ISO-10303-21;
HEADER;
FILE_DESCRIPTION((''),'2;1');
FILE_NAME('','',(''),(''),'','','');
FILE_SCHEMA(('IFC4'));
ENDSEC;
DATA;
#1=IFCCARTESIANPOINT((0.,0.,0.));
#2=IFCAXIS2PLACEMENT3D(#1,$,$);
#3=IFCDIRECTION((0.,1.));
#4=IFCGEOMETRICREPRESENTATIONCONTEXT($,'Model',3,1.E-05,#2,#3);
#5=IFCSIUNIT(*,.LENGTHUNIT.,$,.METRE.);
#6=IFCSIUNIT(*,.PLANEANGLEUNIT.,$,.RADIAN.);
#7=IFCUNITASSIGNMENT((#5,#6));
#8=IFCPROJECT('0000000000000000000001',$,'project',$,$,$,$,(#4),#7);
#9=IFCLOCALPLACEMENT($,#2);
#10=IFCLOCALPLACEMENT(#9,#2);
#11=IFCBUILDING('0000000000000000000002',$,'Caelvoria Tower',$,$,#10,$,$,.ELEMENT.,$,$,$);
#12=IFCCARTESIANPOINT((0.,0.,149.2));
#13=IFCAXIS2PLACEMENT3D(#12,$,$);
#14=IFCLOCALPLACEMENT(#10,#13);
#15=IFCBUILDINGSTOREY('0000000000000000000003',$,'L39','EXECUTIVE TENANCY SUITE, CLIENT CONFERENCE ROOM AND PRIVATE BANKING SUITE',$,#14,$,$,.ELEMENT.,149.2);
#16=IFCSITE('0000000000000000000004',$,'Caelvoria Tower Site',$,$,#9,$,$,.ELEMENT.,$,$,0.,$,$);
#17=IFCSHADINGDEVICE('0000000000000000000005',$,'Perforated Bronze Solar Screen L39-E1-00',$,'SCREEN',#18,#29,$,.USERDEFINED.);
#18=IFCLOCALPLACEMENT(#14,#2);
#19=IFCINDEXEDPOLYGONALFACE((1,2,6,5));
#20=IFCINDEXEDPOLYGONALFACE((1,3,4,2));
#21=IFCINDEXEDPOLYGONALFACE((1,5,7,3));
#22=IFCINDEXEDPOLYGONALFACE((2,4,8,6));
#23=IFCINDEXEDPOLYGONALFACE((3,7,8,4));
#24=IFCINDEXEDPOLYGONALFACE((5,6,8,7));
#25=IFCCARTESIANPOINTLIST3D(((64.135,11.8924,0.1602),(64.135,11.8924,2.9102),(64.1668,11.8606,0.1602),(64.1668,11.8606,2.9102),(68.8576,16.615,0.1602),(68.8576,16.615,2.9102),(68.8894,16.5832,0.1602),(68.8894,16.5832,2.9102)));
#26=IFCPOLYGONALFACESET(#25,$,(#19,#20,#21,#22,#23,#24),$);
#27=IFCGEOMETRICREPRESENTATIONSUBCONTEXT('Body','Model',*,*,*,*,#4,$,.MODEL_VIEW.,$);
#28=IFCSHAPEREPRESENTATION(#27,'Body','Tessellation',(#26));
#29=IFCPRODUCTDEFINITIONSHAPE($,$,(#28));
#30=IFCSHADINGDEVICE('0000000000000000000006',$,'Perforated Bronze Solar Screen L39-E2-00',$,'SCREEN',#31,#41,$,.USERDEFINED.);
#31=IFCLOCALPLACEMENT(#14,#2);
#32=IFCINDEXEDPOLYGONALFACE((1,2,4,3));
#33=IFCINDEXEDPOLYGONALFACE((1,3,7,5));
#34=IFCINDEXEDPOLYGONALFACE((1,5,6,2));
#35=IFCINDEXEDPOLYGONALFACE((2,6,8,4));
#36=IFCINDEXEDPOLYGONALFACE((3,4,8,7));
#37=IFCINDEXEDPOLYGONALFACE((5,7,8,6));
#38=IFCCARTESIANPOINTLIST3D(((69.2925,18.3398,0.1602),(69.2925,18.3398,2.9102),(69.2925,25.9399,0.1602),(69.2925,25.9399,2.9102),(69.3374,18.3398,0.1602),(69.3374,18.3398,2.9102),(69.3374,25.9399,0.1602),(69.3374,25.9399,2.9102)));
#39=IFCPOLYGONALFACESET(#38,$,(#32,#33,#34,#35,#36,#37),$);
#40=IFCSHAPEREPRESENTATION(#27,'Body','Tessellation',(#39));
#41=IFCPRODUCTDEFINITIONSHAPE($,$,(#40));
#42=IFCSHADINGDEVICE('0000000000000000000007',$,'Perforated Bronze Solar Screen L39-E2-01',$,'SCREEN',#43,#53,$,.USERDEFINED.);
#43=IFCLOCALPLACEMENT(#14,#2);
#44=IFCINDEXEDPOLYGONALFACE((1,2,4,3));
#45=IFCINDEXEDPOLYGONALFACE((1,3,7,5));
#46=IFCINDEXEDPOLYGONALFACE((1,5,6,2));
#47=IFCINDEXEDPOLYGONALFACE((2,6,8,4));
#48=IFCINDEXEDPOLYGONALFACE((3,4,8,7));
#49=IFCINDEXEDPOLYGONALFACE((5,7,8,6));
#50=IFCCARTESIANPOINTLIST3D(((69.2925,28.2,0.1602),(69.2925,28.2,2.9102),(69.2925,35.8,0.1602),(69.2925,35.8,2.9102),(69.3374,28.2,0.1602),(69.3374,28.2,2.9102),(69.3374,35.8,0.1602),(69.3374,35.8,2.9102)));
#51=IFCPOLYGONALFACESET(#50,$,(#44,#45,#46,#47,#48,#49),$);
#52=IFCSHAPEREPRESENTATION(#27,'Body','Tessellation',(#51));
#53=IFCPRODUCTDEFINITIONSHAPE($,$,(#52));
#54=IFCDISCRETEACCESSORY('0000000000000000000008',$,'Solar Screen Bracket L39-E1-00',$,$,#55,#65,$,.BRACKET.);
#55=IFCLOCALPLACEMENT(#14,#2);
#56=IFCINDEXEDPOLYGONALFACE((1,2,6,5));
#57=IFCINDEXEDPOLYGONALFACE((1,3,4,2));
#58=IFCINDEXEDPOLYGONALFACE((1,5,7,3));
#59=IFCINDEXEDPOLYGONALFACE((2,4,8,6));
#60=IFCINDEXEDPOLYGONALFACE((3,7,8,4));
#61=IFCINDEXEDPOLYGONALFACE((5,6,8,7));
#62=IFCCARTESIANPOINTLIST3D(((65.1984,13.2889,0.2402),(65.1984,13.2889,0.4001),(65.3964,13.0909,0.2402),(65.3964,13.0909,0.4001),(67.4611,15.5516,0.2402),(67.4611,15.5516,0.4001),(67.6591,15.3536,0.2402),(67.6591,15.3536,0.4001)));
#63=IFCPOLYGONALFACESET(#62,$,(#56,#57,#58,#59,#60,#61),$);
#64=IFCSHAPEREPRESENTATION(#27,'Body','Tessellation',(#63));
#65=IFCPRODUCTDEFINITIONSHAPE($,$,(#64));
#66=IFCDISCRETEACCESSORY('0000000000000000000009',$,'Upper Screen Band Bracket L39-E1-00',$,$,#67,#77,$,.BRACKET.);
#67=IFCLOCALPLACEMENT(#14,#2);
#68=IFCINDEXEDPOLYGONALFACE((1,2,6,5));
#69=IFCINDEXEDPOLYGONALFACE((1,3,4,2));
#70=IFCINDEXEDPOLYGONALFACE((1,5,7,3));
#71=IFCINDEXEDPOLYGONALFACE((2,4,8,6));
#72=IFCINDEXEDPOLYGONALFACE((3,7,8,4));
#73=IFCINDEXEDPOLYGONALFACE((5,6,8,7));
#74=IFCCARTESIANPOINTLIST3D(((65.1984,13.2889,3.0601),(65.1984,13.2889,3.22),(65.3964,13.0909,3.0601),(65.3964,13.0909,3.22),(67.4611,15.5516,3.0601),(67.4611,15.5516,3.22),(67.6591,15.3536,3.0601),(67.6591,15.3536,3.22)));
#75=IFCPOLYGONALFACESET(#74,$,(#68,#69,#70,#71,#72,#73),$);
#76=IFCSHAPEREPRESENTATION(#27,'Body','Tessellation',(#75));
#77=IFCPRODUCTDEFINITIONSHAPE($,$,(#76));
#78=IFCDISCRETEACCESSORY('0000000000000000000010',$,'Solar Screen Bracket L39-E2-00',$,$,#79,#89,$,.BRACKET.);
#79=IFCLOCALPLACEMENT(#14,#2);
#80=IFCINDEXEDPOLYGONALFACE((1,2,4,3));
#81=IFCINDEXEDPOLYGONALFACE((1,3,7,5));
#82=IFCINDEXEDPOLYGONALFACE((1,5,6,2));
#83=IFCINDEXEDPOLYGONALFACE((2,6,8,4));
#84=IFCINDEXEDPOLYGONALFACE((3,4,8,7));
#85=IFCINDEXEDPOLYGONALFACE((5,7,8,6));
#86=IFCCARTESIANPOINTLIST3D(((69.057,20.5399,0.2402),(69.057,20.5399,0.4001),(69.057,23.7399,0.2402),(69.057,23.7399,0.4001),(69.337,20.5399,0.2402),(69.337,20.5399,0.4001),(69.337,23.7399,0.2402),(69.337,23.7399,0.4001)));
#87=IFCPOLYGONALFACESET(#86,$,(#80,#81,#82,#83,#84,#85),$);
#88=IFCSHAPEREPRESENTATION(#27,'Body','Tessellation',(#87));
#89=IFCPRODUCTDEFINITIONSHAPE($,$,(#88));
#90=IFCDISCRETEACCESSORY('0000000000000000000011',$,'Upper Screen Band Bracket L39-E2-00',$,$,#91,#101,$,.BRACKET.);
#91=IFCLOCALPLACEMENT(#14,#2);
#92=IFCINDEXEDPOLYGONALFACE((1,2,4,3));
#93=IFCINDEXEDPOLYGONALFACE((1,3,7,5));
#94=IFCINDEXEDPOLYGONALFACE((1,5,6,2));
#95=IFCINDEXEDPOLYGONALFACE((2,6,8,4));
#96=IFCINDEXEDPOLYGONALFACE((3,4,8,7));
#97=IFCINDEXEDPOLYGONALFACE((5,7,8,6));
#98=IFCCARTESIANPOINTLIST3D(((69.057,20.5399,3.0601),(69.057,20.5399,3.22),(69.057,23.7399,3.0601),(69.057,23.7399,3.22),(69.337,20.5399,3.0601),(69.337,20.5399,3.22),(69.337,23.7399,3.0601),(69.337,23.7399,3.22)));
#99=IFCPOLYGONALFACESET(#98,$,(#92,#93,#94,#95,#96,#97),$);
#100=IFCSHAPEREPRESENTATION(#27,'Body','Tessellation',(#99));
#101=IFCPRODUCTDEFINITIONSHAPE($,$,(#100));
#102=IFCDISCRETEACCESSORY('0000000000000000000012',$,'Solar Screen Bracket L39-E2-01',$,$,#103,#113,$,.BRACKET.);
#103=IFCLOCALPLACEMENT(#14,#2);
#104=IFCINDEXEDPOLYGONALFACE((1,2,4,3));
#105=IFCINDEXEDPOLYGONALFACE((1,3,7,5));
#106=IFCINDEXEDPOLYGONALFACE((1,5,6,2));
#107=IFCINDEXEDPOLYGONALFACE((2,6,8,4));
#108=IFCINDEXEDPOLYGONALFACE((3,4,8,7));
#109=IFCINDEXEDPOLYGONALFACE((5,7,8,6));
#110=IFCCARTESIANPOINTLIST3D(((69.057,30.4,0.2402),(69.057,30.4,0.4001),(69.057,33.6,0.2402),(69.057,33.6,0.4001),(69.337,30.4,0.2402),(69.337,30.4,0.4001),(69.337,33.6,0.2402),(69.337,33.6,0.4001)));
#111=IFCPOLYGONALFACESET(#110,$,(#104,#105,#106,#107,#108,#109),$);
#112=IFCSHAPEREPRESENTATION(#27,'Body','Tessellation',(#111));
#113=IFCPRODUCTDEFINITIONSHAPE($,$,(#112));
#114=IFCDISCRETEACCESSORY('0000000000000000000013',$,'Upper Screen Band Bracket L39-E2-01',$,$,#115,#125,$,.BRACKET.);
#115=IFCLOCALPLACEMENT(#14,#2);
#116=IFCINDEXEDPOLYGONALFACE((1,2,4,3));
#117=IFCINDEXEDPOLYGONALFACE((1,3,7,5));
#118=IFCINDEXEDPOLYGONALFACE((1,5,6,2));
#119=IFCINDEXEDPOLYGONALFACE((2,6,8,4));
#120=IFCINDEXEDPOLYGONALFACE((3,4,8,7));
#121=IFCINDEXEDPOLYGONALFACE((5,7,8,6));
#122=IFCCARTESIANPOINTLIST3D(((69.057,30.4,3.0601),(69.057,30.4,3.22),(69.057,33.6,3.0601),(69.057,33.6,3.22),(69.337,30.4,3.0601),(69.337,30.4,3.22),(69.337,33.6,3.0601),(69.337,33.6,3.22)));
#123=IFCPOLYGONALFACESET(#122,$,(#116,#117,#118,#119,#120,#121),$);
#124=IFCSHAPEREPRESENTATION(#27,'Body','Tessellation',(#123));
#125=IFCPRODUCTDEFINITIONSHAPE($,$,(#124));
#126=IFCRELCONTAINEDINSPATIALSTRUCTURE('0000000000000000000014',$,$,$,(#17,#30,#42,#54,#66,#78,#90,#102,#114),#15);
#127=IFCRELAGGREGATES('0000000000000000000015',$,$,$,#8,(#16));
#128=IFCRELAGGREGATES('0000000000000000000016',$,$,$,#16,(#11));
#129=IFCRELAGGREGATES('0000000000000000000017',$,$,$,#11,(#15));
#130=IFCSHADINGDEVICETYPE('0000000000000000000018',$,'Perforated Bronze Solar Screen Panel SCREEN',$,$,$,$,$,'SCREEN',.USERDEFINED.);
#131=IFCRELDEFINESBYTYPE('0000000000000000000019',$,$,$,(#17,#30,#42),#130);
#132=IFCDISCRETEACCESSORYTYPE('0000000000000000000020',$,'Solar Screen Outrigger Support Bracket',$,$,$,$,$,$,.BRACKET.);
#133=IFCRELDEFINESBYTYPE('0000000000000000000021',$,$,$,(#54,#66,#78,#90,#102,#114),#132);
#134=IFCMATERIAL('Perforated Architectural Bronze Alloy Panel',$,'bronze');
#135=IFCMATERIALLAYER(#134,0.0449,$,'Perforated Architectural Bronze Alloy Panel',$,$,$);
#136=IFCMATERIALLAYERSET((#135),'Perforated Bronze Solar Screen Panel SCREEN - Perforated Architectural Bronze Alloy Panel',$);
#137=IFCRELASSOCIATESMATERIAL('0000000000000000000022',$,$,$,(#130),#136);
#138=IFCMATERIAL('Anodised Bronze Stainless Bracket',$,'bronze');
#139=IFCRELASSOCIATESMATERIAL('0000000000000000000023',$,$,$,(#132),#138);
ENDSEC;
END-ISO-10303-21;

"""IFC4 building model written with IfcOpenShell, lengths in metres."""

from ifc_helpers import new_model, si_unit, direction, frame, origin, origin_2d, place, context, subcontext, project, spatial, rectangle, extrude, material, layer, layer_set, type_object, element, save


model = new_model("IFC4")

# Units and contexts
model_context = context("Model", 3, precision=1e-05, world=origin(), true_north=direction((0.0, 1.0)))
body_context = subcontext(model_context, "Body", "Model", "MODEL_VIEW")
ifc_project = project(units=[si_unit("LENGTHUNIT", "METRE"), si_unit("PLANEANGLEUNIT", "RADIAN")], contexts=[model_context])

# Site, building, storey
site_placement = place(None, origin())
site = spatial("IfcSite", under=ifc_project, at=site_placement, Name="Caelvoria Tower Site", CompositionType="ELEMENT", RefElevation=0.0)
building_placement = place(site_placement, origin())
building = spatial("IfcBuilding", under=site, at=building_placement, Name="Caelvoria Tower", CompositionType="ELEMENT")
storey_placement = place(building_placement, frame((0.0, 0.0, 149.2)))
storey = spatial("IfcBuildingStorey", under=building, at=storey_placement, Name="L39", Description="EXECUTIVE TENANCY SUITE, CLIENT CONFERENCE ROOM AND PRIVATE BANKING SUITE", CompositionType="ELEMENT", Elevation=149.2)

# Shading devices
ifc_material_1 = material(Name="Perforated Architectural Bronze Alloy Panel", Category="bronze")
ifc_layer_1 = layer(ifc_material_1, 0.0449, Name="Perforated Architectural Bronze Alloy Panel")
ifc_layer_set_1 = layer_set([ifc_layer_1], Name="Perforated Bronze Solar Screen Panel SCREEN - Perforated Architectural Bronze Alloy Panel")
shading_device_type = type_object("IfcShadingDeviceType", Name="Perforated Bronze Solar Screen Panel SCREEN", ElementType="SCREEN", PredefinedType="USERDEFINED", material=ifc_layer_set_1)
shading_device_placement = place(storey_placement, frame((66.5122, 14.2378, 0.1602), z_axis=(0.0, 0.0, 1.0), x_axis=(0.707107, 0.707107, 0.0)))
element("IfcShadingDevice", 1, at=shading_device_placement, inside=storey, type_object=shading_device_type, Name="Perforated Bronze Solar Screen L39-E1-00", ObjectType="SCREEN", PredefinedType="USERDEFINED", context=body_context, shape_type="SweptSolid", body=[
    extrude(rectangle(XDim=6.6787, YDim=0.0449, at=origin_2d()), origin(), (0.0, 0.0, 1.0), 2.75),
])
for number, where, z_axis, x_axis, name in (
    (2, (69.3149, 22.1399, 0.1602), (0.0, 0.0, 1.0), (0.0, 1.0, 0.0), "Perforated Bronze Solar Screen L39-E2-00"),
    (3, (69.3149, 32.0, 0.1602), (0.0, 0.0, 1.0), (0.0, 1.0, 0.0), "Perforated Bronze Solar Screen L39-E2-01"),
):
    element("IfcShadingDevice", number, at=place(storey_placement, frame(where, z_axis=z_axis, x_axis=x_axis)), inside=storey, type_object=shading_device_type, Name=name, ObjectType="SCREEN", PredefinedType="USERDEFINED", context=body_context, shape_type="SweptSolid", body=[
        extrude(rectangle(XDim=7.6001, YDim=0.0449, at=origin_2d()), origin(), (0.0, 0.0, 1.0), 2.75),
    ])

# Discrete accessories
ifc_material_2 = material(Name="Anodised Bronze Stainless Bracket", Category="bronze")
discrete_accessory_type = type_object("IfcDiscreteAccessoryType", Name="Solar Screen Outrigger Support Bracket", PredefinedType="BRACKET", material=ifc_material_2)
for number, where, z_axis, x_axis, name in (
    (4, (66.4287, 14.3213, 0.2402), (0.0, 0.0, 1.0), (0.707107, 0.707107, 0.0), "Solar Screen Bracket L39-E1-00"),
    (5, (66.4287, 14.3213, 3.0601), (0.0, 0.0, 1.0), (0.707107, 0.707107, 0.0), "Upper Screen Band Bracket L39-E1-00"),
    (6, (69.197, 22.1399, 0.2402), (0.0, 0.0, 1.0), (0.0, 1.0, 0.0), "Solar Screen Bracket L39-E2-00"),
    (7, (69.197, 22.1399, 3.0601), (0.0, 0.0, 1.0), (0.0, 1.0, 0.0), "Upper Screen Band Bracket L39-E2-00"),
    (8, (69.197, 32.0, 0.2402), (0.0, 0.0, 1.0), (0.0, 1.0, 0.0), "Solar Screen Bracket L39-E2-01"),
    (9, (69.197, 32.0, 3.0601), (0.0, 0.0, 1.0), (0.0, 1.0, 0.0), "Upper Screen Band Bracket L39-E2-01"),
):
    element("IfcDiscreteAccessory", number, at=place(storey_placement, frame(where, z_axis=z_axis, x_axis=x_axis)), inside=storey, type_object=discrete_accessory_type, Name=name, PredefinedType="BRACKET", context=body_context, shape_type="SweptSolid", body=[
        extrude(rectangle(XDim=3.2, YDim=0.28, at=origin_2d()), origin(), (0.0, 0.0, 1.0), 0.1599),
    ])

save(model, "model.ifc")
